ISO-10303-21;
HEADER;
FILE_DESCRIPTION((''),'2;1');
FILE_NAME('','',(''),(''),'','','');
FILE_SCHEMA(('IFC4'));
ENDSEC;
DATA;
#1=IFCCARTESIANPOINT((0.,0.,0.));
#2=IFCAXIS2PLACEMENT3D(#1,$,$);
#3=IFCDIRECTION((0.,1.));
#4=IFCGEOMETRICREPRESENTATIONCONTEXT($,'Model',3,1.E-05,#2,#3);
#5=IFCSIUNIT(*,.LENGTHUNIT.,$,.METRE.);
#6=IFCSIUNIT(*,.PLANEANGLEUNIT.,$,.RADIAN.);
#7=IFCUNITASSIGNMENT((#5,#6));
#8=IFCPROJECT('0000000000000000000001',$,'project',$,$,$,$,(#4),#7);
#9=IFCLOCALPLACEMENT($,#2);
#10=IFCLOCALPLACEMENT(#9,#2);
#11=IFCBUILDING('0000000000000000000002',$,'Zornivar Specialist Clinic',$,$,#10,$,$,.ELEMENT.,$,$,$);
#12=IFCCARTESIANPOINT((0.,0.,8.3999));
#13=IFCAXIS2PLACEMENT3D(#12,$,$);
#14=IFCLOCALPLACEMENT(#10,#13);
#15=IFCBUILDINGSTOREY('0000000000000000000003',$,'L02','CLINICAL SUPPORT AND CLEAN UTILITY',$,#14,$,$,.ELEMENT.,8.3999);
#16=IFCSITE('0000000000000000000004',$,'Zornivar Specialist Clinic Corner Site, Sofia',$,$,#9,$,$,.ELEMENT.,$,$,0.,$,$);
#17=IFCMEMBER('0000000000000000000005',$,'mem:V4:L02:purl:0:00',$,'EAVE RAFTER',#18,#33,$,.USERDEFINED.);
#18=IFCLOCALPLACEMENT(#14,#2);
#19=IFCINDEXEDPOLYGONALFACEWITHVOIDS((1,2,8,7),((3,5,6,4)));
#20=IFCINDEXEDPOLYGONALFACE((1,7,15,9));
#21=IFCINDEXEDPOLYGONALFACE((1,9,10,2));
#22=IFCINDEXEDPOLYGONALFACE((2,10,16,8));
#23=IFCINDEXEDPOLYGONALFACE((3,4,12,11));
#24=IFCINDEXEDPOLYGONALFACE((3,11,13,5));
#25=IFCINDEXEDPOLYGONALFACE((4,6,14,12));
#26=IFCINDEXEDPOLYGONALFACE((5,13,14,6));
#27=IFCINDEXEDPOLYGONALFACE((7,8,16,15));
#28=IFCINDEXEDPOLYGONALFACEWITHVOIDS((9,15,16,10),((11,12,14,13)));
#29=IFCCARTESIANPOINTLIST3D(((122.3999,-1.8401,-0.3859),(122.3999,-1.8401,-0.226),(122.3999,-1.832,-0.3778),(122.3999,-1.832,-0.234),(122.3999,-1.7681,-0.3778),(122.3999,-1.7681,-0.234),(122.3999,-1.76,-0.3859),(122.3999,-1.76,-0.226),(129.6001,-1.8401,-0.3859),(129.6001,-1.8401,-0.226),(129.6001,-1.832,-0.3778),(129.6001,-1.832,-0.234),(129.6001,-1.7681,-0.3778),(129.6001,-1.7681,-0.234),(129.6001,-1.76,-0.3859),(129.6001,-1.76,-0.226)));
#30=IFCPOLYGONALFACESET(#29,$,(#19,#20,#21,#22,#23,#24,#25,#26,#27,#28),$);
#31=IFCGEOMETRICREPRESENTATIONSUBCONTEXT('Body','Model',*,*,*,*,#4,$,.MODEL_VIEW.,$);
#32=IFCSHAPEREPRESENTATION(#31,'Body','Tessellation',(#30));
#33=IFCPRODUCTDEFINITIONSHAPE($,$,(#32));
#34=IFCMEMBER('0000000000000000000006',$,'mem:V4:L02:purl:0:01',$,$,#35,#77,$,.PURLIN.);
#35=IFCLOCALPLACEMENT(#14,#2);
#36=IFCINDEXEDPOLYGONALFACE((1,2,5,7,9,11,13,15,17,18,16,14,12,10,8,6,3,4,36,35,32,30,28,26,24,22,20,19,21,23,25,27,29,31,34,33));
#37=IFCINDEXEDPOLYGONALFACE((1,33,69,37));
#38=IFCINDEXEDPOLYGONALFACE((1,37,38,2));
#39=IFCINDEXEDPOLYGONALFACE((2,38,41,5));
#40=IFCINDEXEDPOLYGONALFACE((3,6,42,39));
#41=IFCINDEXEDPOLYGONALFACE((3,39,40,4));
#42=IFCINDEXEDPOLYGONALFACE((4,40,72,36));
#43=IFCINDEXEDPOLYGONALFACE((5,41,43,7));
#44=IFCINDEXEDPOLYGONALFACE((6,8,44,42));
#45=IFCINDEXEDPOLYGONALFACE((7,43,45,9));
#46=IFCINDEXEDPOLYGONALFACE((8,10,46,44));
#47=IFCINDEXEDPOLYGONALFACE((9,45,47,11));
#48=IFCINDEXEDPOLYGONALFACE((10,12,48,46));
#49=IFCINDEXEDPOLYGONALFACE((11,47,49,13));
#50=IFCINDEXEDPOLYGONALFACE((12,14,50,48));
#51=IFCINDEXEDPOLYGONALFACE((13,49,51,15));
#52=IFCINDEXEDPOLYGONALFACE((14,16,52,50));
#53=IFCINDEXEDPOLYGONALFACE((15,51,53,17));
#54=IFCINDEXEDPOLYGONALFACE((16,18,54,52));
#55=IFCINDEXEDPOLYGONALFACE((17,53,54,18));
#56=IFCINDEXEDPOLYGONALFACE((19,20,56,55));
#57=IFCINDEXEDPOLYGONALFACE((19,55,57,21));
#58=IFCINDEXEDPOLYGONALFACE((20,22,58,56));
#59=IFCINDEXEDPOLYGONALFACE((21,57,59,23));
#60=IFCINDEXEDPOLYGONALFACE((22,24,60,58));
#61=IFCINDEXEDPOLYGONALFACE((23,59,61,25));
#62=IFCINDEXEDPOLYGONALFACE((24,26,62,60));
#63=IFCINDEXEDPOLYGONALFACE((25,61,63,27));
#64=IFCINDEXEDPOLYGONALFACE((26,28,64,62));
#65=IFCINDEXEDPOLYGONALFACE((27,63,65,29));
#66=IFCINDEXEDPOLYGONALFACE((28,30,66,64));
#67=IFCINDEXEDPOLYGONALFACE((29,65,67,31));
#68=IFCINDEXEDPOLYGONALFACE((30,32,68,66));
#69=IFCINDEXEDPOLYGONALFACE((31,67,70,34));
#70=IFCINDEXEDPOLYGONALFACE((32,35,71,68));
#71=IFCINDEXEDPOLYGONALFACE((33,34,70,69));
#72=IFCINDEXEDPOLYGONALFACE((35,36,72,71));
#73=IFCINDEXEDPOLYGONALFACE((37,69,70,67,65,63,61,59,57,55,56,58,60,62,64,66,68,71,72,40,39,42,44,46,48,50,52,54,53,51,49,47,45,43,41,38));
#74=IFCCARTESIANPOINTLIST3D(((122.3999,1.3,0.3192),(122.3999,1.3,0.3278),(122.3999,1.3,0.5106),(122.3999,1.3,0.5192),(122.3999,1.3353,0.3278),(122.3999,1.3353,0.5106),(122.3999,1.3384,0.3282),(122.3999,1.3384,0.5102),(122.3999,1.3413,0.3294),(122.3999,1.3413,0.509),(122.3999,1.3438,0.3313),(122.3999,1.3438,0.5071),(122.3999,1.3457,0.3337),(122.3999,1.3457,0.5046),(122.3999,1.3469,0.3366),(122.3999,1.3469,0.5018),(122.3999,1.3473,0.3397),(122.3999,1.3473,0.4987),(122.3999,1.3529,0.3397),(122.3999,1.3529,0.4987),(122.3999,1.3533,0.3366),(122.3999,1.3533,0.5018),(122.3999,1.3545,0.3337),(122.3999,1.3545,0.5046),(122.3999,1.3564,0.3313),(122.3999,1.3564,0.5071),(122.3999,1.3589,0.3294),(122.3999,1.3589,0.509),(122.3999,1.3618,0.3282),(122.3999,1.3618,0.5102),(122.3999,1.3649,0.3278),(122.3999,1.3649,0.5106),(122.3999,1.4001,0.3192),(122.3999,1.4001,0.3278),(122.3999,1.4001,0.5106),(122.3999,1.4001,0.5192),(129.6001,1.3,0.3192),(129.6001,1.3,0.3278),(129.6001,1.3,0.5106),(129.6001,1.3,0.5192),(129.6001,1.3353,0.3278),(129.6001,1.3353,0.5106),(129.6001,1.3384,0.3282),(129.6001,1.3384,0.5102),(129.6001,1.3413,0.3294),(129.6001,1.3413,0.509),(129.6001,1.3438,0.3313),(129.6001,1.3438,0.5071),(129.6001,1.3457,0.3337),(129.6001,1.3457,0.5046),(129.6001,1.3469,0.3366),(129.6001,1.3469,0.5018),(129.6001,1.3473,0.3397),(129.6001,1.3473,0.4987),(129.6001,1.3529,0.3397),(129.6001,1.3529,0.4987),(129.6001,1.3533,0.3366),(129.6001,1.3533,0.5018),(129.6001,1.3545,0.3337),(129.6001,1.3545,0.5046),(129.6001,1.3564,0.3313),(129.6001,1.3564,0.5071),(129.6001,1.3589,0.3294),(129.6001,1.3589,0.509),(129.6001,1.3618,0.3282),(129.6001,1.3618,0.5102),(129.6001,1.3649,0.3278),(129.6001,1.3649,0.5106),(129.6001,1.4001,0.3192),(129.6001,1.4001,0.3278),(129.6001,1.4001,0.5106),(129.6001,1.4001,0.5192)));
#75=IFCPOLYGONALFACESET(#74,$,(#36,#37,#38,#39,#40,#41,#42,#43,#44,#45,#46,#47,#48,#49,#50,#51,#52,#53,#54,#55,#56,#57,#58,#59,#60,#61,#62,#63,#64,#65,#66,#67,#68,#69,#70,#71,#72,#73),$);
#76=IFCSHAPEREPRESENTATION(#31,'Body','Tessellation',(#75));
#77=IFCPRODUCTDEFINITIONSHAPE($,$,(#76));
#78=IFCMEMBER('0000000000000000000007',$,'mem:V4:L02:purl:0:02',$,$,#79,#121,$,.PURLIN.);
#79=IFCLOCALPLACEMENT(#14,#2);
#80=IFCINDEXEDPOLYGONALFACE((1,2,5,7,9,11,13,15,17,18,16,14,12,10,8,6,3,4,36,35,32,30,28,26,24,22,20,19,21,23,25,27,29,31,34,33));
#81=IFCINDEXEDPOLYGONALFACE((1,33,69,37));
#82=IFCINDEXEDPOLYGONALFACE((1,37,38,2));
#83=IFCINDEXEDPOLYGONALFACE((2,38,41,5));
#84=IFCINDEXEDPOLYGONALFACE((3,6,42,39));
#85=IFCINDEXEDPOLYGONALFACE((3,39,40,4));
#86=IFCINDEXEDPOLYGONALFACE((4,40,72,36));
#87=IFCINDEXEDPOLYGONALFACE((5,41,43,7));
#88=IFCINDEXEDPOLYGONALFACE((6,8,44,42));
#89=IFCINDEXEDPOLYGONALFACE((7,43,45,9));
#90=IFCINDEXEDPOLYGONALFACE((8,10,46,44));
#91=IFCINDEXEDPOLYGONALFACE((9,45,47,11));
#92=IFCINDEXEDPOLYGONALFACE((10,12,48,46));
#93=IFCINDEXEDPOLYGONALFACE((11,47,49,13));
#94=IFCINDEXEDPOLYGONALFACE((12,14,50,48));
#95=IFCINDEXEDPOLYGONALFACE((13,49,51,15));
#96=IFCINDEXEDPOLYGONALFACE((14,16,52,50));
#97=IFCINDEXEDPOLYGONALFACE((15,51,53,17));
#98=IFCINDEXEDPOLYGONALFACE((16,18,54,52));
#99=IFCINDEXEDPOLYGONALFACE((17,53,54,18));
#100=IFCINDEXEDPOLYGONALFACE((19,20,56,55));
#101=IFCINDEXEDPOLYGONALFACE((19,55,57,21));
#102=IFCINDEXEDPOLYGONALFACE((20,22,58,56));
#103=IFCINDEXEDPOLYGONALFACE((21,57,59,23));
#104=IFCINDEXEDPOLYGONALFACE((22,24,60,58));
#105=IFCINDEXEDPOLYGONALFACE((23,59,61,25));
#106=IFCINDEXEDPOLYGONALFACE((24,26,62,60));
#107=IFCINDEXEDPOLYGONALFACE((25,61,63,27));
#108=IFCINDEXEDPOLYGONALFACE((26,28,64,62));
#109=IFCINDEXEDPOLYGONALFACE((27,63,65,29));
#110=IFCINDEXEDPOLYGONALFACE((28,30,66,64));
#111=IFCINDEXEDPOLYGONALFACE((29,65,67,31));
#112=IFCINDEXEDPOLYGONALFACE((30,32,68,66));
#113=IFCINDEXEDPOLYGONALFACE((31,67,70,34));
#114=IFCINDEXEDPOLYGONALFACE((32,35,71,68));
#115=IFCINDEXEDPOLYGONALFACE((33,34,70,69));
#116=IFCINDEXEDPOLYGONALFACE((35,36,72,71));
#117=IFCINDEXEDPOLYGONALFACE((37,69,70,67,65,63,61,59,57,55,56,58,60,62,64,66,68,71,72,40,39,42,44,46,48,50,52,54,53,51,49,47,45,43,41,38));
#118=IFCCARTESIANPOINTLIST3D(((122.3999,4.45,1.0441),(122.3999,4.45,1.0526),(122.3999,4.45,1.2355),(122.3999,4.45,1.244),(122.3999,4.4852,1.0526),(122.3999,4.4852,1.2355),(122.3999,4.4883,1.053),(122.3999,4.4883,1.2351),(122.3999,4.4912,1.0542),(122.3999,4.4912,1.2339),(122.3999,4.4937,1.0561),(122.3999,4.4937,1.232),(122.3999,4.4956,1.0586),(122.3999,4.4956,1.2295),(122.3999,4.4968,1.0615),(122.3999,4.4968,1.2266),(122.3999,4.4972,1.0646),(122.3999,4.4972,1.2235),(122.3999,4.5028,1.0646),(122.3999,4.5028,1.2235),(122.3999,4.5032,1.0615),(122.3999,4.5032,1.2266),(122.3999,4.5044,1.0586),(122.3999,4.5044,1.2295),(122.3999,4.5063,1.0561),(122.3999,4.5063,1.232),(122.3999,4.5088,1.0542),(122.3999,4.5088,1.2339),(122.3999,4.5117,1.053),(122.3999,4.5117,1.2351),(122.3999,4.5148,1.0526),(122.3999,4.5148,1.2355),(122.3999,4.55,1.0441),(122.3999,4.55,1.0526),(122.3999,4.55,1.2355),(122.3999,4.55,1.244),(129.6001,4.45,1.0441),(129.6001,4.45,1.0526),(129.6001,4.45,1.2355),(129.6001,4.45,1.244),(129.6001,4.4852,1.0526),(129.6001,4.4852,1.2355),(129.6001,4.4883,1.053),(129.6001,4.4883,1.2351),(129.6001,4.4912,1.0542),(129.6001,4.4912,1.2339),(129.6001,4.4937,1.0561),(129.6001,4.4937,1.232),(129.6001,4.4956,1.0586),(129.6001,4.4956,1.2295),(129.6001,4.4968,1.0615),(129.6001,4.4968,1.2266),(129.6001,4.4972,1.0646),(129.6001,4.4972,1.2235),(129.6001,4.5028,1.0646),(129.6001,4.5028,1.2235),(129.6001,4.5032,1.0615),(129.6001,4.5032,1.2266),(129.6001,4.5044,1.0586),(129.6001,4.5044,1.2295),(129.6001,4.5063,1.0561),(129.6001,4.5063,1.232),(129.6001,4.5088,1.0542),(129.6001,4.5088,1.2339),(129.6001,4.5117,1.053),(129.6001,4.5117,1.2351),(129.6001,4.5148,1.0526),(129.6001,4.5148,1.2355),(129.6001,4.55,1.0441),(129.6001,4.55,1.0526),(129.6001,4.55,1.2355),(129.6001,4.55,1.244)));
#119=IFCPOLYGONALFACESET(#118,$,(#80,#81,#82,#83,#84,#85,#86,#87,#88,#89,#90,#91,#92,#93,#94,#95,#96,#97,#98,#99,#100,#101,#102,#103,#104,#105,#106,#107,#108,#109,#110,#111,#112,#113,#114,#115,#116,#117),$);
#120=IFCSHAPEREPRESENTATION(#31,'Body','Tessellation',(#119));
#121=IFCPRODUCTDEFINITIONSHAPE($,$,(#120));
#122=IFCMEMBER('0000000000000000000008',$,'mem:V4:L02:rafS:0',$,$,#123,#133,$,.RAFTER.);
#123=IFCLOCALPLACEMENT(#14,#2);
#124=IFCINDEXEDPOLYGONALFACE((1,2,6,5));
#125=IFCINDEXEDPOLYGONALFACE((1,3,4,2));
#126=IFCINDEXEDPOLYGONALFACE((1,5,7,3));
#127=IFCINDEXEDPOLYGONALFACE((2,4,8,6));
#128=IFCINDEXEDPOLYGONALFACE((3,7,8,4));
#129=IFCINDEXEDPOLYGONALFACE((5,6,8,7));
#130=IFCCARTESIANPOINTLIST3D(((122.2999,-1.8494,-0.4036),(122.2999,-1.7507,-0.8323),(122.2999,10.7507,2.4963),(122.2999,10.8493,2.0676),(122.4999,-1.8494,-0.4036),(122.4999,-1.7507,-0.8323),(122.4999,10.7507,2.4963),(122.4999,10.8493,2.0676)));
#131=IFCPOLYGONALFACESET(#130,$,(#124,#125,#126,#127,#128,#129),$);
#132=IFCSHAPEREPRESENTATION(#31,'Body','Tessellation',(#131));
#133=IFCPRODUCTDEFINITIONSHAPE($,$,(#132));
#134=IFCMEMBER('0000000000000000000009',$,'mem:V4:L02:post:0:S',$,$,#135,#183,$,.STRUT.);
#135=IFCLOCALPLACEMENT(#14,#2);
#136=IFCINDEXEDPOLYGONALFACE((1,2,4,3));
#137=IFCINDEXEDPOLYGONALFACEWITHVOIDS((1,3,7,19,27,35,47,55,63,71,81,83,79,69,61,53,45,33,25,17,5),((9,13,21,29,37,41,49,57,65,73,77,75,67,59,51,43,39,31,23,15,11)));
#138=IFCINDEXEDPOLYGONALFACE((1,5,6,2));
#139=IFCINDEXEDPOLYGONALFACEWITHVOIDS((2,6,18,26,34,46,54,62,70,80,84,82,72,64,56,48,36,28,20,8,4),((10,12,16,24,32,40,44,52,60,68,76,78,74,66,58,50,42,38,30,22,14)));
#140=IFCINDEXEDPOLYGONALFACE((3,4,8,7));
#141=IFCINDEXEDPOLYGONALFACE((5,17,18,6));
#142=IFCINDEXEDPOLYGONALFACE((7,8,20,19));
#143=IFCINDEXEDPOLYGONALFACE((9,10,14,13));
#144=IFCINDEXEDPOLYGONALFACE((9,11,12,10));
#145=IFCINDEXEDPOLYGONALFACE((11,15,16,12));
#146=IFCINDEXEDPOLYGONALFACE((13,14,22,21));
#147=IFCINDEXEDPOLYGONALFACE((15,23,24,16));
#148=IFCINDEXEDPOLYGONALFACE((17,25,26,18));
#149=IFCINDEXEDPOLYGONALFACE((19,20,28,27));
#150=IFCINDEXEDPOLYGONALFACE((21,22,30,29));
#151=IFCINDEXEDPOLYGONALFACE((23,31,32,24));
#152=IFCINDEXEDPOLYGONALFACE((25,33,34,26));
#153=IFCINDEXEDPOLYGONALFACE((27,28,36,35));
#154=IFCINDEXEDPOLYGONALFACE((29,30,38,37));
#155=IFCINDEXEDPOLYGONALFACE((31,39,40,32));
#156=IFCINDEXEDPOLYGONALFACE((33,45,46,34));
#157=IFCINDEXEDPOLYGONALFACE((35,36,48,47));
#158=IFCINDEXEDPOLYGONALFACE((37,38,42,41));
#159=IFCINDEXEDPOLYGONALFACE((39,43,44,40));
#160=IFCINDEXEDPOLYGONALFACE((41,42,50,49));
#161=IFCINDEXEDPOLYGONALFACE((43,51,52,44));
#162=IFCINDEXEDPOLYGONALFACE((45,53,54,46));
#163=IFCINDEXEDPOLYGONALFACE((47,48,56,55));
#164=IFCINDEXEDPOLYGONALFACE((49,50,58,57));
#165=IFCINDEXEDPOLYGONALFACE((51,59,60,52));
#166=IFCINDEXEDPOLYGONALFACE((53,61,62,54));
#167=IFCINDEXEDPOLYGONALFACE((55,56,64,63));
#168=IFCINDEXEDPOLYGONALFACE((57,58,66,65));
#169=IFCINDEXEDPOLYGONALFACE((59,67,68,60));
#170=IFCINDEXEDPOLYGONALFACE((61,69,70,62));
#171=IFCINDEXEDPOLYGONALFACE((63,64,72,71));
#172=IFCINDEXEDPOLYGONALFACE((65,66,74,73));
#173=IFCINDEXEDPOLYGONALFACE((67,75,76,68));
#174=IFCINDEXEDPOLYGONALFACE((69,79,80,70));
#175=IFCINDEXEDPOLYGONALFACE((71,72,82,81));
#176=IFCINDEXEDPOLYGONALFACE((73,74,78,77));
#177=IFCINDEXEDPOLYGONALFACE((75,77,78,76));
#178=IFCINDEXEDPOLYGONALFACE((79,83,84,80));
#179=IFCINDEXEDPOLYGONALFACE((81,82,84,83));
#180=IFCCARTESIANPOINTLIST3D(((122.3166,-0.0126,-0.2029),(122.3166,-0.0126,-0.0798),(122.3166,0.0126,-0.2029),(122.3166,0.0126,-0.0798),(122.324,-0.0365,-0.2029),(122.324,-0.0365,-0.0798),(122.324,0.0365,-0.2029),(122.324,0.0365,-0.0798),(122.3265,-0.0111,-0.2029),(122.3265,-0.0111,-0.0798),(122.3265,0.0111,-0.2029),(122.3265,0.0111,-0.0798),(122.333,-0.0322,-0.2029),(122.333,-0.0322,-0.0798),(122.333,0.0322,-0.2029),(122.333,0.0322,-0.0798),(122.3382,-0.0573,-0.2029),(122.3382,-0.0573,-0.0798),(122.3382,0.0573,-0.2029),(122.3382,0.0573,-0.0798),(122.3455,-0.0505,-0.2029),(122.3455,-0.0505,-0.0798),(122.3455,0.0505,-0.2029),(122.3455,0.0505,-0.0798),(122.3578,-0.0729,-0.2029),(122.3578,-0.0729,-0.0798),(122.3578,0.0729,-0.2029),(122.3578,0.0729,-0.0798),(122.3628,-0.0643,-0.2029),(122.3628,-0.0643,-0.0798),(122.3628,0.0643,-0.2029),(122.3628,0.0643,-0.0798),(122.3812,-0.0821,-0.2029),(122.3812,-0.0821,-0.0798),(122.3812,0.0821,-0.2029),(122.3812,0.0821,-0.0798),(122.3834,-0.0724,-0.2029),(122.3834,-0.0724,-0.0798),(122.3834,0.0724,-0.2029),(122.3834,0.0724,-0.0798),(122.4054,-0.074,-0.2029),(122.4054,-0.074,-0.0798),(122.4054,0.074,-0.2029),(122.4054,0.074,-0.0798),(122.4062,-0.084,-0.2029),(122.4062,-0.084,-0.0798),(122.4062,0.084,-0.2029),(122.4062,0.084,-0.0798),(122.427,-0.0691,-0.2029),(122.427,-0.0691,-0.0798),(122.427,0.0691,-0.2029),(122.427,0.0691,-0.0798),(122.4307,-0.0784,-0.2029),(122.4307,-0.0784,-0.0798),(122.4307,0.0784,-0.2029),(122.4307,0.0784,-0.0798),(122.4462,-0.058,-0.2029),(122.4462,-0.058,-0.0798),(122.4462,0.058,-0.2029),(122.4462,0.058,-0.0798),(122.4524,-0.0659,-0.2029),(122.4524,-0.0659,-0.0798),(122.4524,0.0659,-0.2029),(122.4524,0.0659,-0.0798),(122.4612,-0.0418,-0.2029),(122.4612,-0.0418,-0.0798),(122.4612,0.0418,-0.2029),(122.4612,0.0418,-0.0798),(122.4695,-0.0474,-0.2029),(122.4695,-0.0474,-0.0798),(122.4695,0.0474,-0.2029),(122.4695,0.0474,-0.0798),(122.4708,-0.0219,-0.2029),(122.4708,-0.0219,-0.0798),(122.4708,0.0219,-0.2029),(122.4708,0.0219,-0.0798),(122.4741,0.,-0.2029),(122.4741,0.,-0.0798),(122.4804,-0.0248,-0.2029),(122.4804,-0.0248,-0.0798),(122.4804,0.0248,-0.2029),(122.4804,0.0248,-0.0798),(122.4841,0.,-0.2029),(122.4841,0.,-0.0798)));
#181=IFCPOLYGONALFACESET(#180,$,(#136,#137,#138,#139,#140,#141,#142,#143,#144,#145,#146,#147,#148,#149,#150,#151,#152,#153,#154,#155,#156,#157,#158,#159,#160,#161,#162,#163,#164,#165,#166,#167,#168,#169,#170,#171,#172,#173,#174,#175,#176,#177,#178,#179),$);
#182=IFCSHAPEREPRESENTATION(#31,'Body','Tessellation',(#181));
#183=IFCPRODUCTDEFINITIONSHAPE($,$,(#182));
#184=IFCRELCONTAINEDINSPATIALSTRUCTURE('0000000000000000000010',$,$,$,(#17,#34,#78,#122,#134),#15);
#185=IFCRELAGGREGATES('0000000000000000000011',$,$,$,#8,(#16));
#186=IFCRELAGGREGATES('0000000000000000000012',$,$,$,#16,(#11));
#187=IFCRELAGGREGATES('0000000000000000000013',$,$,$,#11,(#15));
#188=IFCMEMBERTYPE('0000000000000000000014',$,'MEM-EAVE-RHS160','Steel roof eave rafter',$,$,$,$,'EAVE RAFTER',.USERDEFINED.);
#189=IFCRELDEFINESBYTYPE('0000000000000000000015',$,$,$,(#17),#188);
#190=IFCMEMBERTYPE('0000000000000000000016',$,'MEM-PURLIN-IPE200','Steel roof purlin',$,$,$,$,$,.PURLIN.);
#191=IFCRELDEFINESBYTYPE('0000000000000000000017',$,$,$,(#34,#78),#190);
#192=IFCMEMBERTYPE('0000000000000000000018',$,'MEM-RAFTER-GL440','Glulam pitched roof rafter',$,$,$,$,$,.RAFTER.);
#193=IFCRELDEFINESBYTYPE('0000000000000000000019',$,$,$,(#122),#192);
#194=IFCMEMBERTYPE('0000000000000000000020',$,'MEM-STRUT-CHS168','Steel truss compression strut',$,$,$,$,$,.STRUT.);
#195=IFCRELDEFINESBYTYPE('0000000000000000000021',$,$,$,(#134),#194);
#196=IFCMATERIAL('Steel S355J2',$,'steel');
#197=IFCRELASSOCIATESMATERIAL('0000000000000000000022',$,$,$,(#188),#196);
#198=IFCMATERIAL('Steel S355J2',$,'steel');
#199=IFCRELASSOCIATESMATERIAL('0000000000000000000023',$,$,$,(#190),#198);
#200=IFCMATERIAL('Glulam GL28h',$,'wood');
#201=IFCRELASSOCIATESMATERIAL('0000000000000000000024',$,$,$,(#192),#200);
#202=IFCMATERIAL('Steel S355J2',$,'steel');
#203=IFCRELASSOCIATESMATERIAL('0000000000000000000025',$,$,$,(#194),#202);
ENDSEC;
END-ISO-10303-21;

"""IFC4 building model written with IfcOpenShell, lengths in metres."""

from ifc_helpers import new_model, si_unit, direction, frame, origin, origin_2d, place, context, subcontext, project, spatial, rectangle, hollow_rectangle, hollow_circle, i_section, extrude, material, material_profile, profile_set, type_object, element, save


model = new_model("IFC4")

# Units and contexts
model_context = context("Model", 3, precision=1e-05, world=origin(), true_north=direction((0.0, 1.0)))
body_context = subcontext(model_context, "Body", "Model", "MODEL_VIEW")
ifc_project = project(units=[si_unit("LENGTHUNIT", "METRE"), si_unit("PLANEANGLEUNIT", "RADIAN")], contexts=[model_context])

# Site, building, storey
site_placement = place(None, origin())
site = spatial("IfcSite", under=ifc_project, at=site_placement, Name="Zornivar Specialist Clinic Corner Site, Sofia", CompositionType="ELEMENT", RefElevation=0.0)
building_placement = place(site_placement, origin())
building = spatial("IfcBuilding", under=site, at=building_placement, Name="Zornivar Specialist Clinic", CompositionType="ELEMENT")
storey_placement = place(building_placement, frame((0.0, 0.0, 8.3999)))
storey = spatial("IfcBuildingStorey", under=building, at=storey_placement, Name="L02", Description="CLINICAL SUPPORT AND CLEAN UTILITY", CompositionType="ELEMENT", Elevation=8.3999)

# Members
ifc_material_1 = material(Name="Steel S355J2", Category="steel")
ifc_material_profile_1 = material_profile(ifc_material_1, hollow_rectangle(XDim=0.0801, YDim=0.1599, WallThickness=0.0081, at=origin_2d()), Name="RHS 160x80x8")
ifc_profile_set_1 = profile_set([ifc_material_profile_1], Name="Steel S355J2")
member_type_1 = type_object("IfcMemberType", Name="MEM-EAVE-RHS160", Description="Steel roof eave rafter", ElementType="EAVE RAFTER", PredefinedType="USERDEFINED", material=ifc_profile_set_1)
member_1_placement = place(storey_placement, frame((122.3999, -1.8, -0.3059), z_axis=(1.0, 0.0, 0.0), x_axis=(0.0, 1.0, 0.0)))
element("IfcMember", 1, at=member_1_placement, inside=storey, type_object=member_type_1, Name="mem:V4:L02:purl:0:00", ObjectType="EAVE RAFTER", PredefinedType="USERDEFINED", context=body_context, shape_type="SweptSolid", body=[
    extrude(hollow_rectangle(XDim=0.0801, YDim=0.1599, WallThickness=0.0081, at=origin_2d()), origin(), (0.0, 0.0, 1.0), 7.2002),
])
ifc_material_2 = material(Name="Steel S355J2", Category="steel")
ifc_material_profile_2 = material_profile(ifc_material_2, i_section(OverallWidth=0.1001, OverallDepth=0.2, WebThickness=0.0056, FlangeThickness=0.0085, FilletRadius=0.012, at=origin_2d()), Name="IPE 200")
ifc_profile_set_2 = profile_set([ifc_material_profile_2], Name="Steel S355J2")
member_type_2 = type_object("IfcMemberType", Name="MEM-PURLIN-IPE200", Description="Steel roof purlin", PredefinedType="PURLIN", material=ifc_profile_set_2)
for number, where, z_axis, x_axis, name in (
    (2, (122.3999, 1.3501, 0.4192), (1.0, 0.0, 0.0), (0.0, 1.0, 0.0), "mem:V4:L02:purl:0:01"),
    (3, (122.3999, 4.5, 1.144), (1.0, 0.0, 0.0), (0.0, 1.0, 0.0), "mem:V4:L02:purl:0:02"),
):
    element("IfcMember", number, at=place(storey_placement, frame(where, z_axis=z_axis, x_axis=x_axis)), inside=storey, type_object=member_type_2, Name=name, PredefinedType="PURLIN", context=body_context, shape_type="SweptSolid", body=[
        extrude(i_section(OverallWidth=0.1001, OverallDepth=0.2, WebThickness=0.0056, FlangeThickness=0.0085, FilletRadius=0.012, at=origin_2d()), origin(), (0.0, 0.0, 1.0), 7.2002),
    ])
ifc_material_3 = material(Name="Glulam GL28h", Category="wood")
ifc_material_profile_3 = material_profile(ifc_material_3, rectangle(XDim=0.2, YDim=0.4399, at=origin_2d()), Name="GL28h 200x440")
ifc_profile_set_3 = profile_set([ifc_material_profile_3], Name="Glulam GL28h")
member_type_3 = type_object("IfcMemberType", Name="MEM-RAFTER-GL440", Description="Glulam pitched roof rafter", PredefinedType="RAFTER", material=ifc_profile_set_3)
member_2_placement = place(storey_placement, frame((122.3999, -1.8, -0.6179), z_axis=(0.0, 0.974523, 0.224286), x_axis=(-1.0, 0.0, 0.0)))
element("IfcMember", 4, at=member_2_placement, inside=storey, type_object=member_type_3, Name="mem:V4:L02:rafS:0", PredefinedType="RAFTER", context=body_context, shape_type="SweptSolid", body=[
    extrude(rectangle(XDim=0.2, YDim=0.4399, at=origin_2d()), origin(), (0.0, 0.0, 1.0), 12.9294),
])
ifc_material_4 = material(Name="Steel S355J2", Category="steel")
ifc_material_profile_4 = material_profile(ifc_material_4, hollow_circle(Radius=0.0842, WallThickness=0.01, at=origin_2d()), Name="CHS 168.3x10")
ifc_profile_set_4 = profile_set([ifc_material_profile_4], Name="Steel S355J2")
member_type_4 = type_object("IfcMemberType", Name="MEM-STRUT-CHS168", Description="Steel truss compression strut", PredefinedType="STRUT", material=ifc_profile_set_4)
member_3_placement = place(storey_placement, frame((122.3999, 0.0, -0.0798), z_axis=(0.0, 0.0, -1.0), x_axis=(1.0, 0.0, 0.0)))
element("IfcMember", 5, at=member_3_placement, inside=storey, type_object=member_type_4, Name="mem:V4:L02:post:0:S", PredefinedType="STRUT", context=body_context, shape_type="SweptSolid", body=[
    extrude(hollow_circle(Radius=0.0842, WallThickness=0.01, at=origin_2d()), origin(), (0.0, 0.0, 1.0), 0.123),
])

save(model, "model.ifc")
